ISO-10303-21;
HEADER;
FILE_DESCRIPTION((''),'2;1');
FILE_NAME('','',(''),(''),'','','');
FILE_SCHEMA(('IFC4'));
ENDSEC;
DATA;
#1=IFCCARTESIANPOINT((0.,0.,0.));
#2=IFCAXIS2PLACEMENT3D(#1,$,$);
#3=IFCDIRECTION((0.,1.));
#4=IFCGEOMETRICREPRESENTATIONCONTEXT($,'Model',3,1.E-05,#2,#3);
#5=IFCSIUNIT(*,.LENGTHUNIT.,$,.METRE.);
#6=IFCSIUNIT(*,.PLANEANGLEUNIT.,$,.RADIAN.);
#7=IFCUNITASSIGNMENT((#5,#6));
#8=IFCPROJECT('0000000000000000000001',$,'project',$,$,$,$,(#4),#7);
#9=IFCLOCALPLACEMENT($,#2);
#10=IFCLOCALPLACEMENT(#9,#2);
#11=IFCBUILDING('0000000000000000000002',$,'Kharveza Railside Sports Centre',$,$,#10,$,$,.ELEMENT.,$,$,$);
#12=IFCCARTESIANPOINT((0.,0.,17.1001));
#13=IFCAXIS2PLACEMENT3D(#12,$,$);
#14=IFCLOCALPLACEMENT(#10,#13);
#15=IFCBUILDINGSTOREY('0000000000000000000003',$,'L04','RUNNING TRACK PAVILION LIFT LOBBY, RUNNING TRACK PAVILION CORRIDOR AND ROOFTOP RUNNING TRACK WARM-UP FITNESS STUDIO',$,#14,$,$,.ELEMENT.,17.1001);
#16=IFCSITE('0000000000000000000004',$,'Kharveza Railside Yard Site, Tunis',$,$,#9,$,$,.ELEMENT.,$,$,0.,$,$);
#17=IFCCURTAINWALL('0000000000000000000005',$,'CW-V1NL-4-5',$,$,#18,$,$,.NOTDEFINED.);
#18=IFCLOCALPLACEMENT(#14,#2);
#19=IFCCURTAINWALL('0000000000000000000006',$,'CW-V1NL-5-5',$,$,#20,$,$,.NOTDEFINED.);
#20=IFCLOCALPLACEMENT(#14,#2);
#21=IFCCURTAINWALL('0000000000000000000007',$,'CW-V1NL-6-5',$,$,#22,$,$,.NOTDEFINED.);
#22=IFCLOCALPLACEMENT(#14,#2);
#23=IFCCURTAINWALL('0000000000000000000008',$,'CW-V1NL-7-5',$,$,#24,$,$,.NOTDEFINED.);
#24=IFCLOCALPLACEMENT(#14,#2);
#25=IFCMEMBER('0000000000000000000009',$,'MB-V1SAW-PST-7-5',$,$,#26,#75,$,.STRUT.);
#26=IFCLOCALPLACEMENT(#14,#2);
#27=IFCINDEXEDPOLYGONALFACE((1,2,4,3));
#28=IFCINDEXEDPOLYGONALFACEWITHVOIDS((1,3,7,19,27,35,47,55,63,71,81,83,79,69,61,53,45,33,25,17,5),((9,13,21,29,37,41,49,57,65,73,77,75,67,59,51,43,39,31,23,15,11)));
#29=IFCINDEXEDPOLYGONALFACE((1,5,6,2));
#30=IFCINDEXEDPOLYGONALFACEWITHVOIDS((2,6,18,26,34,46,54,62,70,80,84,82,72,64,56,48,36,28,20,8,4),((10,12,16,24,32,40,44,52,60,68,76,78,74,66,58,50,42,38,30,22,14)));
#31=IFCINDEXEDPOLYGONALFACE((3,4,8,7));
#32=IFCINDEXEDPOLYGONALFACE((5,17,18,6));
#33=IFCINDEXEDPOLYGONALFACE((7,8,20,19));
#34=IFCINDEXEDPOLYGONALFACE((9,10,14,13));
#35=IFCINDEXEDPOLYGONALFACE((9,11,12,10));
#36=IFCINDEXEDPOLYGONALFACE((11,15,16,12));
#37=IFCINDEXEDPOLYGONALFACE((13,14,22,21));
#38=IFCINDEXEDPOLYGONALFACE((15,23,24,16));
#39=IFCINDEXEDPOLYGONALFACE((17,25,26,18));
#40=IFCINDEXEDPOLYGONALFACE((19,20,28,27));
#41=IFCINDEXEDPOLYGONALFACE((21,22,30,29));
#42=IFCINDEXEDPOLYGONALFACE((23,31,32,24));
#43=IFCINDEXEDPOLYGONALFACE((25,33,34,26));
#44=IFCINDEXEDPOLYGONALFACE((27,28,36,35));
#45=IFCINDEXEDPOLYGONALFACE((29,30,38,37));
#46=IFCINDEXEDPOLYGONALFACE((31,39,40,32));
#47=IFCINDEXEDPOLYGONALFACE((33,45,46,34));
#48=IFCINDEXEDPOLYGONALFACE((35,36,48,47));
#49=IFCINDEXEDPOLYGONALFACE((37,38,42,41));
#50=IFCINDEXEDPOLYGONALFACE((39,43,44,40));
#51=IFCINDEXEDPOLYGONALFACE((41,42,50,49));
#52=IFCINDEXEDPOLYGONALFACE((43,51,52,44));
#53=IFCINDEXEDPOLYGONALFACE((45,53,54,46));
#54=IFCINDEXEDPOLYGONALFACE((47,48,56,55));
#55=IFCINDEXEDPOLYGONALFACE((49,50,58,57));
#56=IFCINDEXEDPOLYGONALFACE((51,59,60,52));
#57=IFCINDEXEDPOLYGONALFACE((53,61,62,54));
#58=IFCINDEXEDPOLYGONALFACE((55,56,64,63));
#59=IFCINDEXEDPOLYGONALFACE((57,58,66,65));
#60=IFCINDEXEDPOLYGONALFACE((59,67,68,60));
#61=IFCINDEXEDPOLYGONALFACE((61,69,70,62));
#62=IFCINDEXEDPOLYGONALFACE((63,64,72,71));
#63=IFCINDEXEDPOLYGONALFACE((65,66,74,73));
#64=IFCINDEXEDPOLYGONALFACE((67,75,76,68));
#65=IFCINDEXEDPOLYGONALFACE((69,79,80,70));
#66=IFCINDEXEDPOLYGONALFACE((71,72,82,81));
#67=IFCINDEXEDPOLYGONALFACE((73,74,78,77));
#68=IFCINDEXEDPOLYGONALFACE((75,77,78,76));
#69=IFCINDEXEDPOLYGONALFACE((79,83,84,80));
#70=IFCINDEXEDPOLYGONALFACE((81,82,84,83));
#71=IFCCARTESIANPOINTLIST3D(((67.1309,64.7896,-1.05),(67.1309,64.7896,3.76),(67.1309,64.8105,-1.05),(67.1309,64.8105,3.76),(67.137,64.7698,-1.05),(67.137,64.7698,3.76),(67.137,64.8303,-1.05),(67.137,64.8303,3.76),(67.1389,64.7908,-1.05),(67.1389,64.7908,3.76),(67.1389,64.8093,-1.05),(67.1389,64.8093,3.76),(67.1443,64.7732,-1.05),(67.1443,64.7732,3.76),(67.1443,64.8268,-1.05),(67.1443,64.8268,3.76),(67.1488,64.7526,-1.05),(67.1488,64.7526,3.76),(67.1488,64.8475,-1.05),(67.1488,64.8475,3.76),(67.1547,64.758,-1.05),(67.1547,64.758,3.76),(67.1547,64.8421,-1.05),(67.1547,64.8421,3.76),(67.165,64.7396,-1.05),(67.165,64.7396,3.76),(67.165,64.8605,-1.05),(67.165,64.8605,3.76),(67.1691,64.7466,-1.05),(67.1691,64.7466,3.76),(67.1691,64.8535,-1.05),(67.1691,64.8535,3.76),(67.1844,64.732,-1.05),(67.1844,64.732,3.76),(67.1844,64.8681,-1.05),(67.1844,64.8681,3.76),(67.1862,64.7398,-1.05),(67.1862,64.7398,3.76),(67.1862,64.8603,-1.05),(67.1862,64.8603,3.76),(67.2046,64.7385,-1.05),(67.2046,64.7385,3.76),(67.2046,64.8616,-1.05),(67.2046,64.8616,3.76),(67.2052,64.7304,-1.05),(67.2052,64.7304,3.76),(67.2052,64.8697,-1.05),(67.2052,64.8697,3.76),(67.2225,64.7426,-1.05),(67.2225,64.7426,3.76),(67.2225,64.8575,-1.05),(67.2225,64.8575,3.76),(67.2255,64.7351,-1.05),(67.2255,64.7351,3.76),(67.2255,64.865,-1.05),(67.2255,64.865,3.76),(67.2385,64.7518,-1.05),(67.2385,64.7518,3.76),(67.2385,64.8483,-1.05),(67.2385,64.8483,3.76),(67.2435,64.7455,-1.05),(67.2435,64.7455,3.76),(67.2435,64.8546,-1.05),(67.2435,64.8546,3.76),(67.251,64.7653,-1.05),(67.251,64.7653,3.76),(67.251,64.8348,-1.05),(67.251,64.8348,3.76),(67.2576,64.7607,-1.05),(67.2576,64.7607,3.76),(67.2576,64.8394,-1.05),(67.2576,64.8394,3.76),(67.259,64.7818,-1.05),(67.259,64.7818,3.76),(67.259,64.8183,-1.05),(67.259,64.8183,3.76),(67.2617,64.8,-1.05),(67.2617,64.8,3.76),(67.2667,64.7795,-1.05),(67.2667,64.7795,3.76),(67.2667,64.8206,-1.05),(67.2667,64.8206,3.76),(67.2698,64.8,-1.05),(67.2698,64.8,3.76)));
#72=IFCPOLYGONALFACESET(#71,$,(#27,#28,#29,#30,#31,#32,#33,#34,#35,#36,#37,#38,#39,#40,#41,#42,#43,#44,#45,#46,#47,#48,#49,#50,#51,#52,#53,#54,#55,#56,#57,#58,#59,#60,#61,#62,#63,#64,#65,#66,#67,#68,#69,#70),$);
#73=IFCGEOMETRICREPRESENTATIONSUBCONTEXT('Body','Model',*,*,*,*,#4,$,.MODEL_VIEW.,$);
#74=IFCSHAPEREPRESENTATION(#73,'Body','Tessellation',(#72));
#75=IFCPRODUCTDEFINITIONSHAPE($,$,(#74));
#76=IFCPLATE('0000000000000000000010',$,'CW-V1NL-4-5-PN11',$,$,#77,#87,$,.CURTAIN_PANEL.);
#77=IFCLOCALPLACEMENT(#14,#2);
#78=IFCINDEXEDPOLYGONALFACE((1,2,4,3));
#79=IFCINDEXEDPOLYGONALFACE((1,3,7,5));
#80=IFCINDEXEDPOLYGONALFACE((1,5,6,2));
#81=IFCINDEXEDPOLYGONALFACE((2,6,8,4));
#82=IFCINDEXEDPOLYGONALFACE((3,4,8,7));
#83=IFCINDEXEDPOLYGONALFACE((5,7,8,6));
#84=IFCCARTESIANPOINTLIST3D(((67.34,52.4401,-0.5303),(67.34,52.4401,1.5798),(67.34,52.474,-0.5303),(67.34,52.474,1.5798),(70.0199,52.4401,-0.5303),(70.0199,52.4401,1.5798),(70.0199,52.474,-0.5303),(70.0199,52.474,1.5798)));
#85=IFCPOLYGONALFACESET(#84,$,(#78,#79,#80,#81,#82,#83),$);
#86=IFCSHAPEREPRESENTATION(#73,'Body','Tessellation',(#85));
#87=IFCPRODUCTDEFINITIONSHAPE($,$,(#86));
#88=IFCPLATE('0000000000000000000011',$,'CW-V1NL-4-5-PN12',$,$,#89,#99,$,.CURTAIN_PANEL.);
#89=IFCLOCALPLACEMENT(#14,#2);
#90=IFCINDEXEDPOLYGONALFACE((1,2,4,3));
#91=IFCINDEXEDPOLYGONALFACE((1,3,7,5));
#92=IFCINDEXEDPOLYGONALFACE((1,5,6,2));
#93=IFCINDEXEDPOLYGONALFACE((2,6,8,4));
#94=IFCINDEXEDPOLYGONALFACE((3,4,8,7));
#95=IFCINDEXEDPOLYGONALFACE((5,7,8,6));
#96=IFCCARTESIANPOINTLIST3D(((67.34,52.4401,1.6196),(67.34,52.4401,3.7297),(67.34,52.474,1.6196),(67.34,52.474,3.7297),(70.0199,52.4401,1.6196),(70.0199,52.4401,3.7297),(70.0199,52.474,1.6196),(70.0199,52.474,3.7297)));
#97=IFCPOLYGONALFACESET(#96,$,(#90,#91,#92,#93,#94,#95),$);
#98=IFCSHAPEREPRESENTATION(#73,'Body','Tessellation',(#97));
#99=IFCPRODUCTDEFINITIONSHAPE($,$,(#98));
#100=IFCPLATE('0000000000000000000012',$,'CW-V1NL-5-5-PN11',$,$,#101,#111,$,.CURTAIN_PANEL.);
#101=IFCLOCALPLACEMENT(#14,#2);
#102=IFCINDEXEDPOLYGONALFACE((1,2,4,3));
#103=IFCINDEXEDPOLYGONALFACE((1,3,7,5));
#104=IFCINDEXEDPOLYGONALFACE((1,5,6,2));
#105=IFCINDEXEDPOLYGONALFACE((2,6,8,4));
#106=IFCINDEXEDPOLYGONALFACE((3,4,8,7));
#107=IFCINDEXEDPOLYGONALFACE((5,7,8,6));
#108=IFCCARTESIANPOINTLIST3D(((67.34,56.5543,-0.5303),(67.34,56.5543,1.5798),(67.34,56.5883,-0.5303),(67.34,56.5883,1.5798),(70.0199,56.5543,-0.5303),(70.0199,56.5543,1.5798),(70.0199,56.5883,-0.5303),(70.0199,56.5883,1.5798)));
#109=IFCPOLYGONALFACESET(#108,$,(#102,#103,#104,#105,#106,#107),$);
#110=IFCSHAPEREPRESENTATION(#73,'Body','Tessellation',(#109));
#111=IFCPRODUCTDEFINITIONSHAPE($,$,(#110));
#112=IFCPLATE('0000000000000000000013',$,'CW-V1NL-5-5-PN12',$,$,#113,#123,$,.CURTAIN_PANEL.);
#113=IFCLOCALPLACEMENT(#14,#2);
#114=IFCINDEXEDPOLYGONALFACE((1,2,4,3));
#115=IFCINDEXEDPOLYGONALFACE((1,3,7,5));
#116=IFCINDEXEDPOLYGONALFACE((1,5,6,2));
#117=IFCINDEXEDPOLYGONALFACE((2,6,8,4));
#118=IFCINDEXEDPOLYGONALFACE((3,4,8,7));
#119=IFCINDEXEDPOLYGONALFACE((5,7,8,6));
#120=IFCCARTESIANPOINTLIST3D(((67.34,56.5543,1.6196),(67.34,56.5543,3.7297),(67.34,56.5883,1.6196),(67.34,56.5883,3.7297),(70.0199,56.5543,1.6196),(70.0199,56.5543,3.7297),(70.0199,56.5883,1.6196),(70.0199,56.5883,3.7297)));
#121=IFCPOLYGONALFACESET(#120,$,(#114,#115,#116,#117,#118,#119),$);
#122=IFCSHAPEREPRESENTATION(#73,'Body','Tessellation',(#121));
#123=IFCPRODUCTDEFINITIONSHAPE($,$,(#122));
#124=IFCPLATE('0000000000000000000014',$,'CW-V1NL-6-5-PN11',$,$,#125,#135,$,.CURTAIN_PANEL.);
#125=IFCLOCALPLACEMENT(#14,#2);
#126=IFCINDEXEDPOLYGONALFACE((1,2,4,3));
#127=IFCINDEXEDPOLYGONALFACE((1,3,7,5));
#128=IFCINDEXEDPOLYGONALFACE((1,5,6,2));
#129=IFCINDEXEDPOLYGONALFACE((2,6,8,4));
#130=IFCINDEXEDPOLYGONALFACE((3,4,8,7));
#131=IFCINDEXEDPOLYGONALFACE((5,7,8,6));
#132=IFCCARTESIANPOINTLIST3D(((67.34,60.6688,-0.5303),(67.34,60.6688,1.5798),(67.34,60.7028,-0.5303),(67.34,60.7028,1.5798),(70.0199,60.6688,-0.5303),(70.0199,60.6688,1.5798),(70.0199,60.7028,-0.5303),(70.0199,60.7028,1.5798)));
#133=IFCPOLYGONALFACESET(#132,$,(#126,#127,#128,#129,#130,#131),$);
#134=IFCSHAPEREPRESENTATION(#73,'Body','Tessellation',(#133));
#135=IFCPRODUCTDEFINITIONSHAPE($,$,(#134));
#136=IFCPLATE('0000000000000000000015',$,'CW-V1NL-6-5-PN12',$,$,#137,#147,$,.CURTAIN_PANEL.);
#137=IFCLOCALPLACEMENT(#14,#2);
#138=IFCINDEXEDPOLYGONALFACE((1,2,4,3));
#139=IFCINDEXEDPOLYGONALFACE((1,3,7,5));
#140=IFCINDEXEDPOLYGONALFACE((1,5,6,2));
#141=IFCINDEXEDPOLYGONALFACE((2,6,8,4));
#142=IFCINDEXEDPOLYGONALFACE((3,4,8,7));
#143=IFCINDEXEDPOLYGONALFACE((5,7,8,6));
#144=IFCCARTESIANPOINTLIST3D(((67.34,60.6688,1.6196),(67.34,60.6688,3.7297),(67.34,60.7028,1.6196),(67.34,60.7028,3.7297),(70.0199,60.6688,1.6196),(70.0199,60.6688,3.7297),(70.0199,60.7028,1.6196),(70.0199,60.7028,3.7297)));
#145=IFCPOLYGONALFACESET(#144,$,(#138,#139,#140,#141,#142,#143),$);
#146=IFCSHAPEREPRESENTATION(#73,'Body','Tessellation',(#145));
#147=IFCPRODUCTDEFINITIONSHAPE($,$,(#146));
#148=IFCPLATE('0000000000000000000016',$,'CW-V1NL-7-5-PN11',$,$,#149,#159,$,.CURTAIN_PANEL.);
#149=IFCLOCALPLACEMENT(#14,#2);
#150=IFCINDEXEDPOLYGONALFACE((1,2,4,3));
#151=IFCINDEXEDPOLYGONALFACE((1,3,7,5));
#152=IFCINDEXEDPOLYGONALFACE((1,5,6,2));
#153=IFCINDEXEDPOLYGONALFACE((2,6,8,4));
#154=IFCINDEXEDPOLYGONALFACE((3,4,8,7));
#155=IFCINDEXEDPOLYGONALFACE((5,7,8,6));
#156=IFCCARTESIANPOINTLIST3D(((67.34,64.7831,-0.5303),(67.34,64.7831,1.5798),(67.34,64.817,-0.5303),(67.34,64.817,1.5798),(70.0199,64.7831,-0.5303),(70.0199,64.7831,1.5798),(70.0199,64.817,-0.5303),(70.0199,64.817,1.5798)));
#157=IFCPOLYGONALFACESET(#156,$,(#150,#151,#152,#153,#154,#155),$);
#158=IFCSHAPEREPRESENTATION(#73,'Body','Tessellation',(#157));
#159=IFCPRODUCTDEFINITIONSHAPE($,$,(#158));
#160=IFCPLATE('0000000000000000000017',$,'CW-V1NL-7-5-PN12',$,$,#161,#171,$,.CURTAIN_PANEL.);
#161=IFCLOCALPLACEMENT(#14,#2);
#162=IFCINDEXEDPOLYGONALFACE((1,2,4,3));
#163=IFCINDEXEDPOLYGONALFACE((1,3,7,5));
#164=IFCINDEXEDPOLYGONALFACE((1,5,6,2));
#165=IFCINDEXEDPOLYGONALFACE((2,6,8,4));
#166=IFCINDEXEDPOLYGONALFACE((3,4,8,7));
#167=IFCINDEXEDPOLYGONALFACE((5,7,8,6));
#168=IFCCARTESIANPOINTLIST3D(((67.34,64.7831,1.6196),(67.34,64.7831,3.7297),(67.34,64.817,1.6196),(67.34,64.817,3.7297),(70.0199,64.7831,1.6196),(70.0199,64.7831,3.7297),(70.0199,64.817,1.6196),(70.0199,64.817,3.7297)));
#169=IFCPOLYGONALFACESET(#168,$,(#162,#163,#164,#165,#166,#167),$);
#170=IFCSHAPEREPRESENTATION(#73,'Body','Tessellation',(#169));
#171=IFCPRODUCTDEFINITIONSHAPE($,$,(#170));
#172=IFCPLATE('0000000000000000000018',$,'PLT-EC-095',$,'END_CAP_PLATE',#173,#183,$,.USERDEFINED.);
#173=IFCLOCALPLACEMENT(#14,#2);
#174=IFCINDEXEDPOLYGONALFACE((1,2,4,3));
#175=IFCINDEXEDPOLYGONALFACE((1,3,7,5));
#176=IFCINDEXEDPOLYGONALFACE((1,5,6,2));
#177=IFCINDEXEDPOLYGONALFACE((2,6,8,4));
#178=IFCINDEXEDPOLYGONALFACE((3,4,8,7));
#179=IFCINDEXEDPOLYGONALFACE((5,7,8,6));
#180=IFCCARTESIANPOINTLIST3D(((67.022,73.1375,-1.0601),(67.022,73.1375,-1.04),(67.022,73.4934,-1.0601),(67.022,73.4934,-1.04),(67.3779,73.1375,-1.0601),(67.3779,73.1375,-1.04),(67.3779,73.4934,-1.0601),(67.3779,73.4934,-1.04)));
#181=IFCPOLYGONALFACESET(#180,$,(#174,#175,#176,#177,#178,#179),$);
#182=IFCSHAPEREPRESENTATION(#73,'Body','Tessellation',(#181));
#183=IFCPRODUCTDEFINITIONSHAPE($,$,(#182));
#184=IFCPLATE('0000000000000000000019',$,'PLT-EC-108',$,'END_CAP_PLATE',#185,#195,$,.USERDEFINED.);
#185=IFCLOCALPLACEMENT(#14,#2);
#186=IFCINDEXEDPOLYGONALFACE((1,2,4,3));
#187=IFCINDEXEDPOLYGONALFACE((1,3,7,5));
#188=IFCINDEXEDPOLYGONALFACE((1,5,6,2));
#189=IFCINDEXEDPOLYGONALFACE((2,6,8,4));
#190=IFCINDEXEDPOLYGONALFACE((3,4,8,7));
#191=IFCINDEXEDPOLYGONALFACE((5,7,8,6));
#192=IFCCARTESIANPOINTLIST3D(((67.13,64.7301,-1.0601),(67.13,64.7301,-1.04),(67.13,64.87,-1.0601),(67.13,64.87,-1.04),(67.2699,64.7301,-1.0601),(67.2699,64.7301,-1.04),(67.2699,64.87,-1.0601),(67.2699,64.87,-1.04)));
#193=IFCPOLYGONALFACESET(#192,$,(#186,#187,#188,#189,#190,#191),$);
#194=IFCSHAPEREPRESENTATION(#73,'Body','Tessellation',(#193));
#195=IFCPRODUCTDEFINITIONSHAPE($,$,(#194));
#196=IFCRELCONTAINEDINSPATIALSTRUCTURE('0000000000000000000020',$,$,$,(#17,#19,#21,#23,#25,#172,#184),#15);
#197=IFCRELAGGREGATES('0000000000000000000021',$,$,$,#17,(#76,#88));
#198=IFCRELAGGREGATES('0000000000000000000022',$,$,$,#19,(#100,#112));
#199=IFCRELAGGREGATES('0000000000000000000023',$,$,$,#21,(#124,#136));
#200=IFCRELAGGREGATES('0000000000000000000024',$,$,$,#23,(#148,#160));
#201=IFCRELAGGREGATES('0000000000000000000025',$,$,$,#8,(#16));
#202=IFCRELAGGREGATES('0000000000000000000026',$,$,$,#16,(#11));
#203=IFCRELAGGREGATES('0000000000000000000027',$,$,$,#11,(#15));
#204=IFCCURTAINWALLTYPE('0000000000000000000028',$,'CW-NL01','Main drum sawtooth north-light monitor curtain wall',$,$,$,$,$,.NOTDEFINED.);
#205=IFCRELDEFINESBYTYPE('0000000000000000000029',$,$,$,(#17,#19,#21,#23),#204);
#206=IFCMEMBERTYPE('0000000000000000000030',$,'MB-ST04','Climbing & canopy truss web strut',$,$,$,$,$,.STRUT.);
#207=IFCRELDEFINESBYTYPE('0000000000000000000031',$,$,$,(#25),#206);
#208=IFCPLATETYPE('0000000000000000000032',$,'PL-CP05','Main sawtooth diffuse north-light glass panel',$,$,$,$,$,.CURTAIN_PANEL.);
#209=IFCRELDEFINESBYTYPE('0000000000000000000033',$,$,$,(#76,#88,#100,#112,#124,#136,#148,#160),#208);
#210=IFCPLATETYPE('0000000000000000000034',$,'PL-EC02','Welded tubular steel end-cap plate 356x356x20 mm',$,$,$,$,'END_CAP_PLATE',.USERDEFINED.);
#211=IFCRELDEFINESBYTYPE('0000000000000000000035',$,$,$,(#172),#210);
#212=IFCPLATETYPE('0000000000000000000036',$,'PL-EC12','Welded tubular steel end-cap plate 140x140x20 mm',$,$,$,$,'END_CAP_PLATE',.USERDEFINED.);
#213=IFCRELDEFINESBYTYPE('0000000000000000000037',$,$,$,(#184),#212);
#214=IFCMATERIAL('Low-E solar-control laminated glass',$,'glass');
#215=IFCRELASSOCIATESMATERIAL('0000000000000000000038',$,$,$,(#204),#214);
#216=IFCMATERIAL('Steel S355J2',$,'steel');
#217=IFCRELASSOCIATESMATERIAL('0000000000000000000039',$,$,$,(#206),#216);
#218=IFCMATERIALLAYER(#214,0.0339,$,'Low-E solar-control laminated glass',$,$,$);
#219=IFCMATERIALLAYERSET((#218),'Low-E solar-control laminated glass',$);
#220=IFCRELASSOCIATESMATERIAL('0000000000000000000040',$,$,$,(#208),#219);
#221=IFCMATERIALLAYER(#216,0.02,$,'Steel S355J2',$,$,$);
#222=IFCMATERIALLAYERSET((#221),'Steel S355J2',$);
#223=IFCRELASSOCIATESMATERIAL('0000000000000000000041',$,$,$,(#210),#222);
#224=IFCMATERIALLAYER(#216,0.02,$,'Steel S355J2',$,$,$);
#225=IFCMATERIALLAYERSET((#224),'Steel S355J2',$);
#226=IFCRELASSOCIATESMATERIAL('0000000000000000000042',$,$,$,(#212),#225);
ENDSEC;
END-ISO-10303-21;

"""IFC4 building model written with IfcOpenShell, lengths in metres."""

from ifc_helpers import new_model, si_unit, direction, frame, origin, origin_2d, place, context, subcontext, project, spatial, rectangle, hollow_circle, extrude, material, layer, layer_set, material_profile, profile_set, type_object, element, aggregate, save


model = new_model("IFC4")

# Units and contexts
model_context = context("Model", 3, precision=1e-05, world=origin(), true_north=direction((0.0, 1.0)))
body_context = subcontext(model_context, "Body", "Model", "MODEL_VIEW")
ifc_project = project(units=[si_unit("LENGTHUNIT", "METRE"), si_unit("PLANEANGLEUNIT", "RADIAN")], contexts=[model_context])

# Site, building, storey
site_placement = place(None, origin())
site = spatial("IfcSite", under=ifc_project, at=site_placement, Name="Kharveza Railside Yard Site, Tunis", CompositionType="ELEMENT", RefElevation=0.0)
building_placement = place(site_placement, origin())
building = spatial("IfcBuilding", under=site, at=building_placement, Name="Kharveza Railside Sports Centre", CompositionType="ELEMENT")
storey_placement = place(building_placement, frame((0.0, 0.0, 17.1001)))
storey = spatial("IfcBuildingStorey", under=building, at=storey_placement, Name="L04", Description="RUNNING TRACK PAVILION LIFT LOBBY, RUNNING TRACK PAVILION CORRIDOR AND ROOFTOP RUNNING TRACK WARM-UP FITNESS STUDIO", CompositionType="ELEMENT", Elevation=17.1001)

# Curtain wall
ifc_material_1 = material(Name="Low-E solar-control laminated glass", Category="glass")
curtain_wall_type = type_object("IfcCurtainWallType", Name="CW-NL01", Description="Main drum sawtooth north-light monitor curtain wall", PredefinedType="NOTDEFINED", material=ifc_material_1)
curtain_wall_1_placement = place(storey_placement, origin())
curtain_wall_1 = element("IfcCurtainWall", 1, at=curtain_wall_1_placement, inside=storey, type_object=curtain_wall_type, Name="CW-V1NL-4-5", PredefinedType="NOTDEFINED")

# Curtain walls
curtain_wall_2_placement = place(storey_placement, origin())
curtain_wall_2 = element("IfcCurtainWall", 2, at=curtain_wall_2_placement, inside=storey, type_object=curtain_wall_type, Name="CW-V1NL-5-5", PredefinedType="NOTDEFINED")
curtain_wall_3_placement = place(storey_placement, origin())
curtain_wall_3 = element("IfcCurtainWall", 3, at=curtain_wall_3_placement, inside=storey, type_object=curtain_wall_type, Name="CW-V1NL-6-5", PredefinedType="NOTDEFINED")
curtain_wall_4_placement = place(storey_placement, origin())
curtain_wall_4 = element("IfcCurtainWall", 4, at=curtain_wall_4_placement, inside=storey, type_object=curtain_wall_type, Name="CW-V1NL-7-5", PredefinedType="NOTDEFINED")

# Member
ifc_material_2 = material(Name="Steel S355J2", Category="steel")
ifc_material_profile_1 = material_profile(ifc_material_2, hollow_circle(Radius=0.0698, WallThickness=0.0081, at=origin_2d()), Name="CHS 139.7x8.0")
ifc_profile_set_1 = profile_set([ifc_material_profile_1], Name="Steel S355J2")
member_type_1 = type_object("IfcMemberType", Name="MB-ST04", Description="Climbing & canopy truss web strut", PredefinedType="STRUT", material=ifc_profile_set_1)
for number, where, z_axis, x_axis, name in (
    (5, (67.2, 64.8, -1.05), (0.0, 0.0, 1.0), (1.0, 0.0, 0.0), "MB-V1SAW-PST-7-5"),
):
    element("IfcMember", number, at=place(storey_placement, frame(where, z_axis=z_axis, x_axis=x_axis)), inside=storey, type_object=member_type_1, Name=name, PredefinedType="STRUT", context=body_context, shape_type="SweptSolid", body=[
        extrude(hollow_circle(Radius=0.0698, WallThickness=0.0081, at=origin_2d()), origin(), (0.0, 0.0, 1.0), 4.8101),
    ])

# Plates
ifc_layer_1 = layer(ifc_material_1, 0.0339, Name="Low-E solar-control laminated glass")
ifc_layer_set_1 = layer_set([ifc_layer_1], Name="Low-E solar-control laminated glass")
plate_type_1 = type_object("IfcPlateType", Name="PL-CP05", Description="Main sawtooth diffuse north-light glass panel", PredefinedType="CURTAIN_PANEL", material=ifc_layer_set_1)
plate_1_placement = place(storey_placement, frame((68.6799, 52.457, -0.5303), z_axis=(0.0, 0.0, 1.0), x_axis=(1.0, 0.0, 0.0)))
plate_1 = element("IfcPlate", 6, at=plate_1_placement, type_object=plate_type_1, Name="CW-V1NL-4-5-PN11", PredefinedType="CURTAIN_PANEL", context=body_context, shape_type="SweptSolid", body=[
    extrude(rectangle(XDim=2.6799, YDim=0.0339, at=origin_2d()), origin(), (0.0, 0.0, 1.0), 2.1101),
])
plate_2_placement = place(storey_placement, frame((68.6799, 52.457, 1.6196), z_axis=(0.0, 0.0, 1.0), x_axis=(1.0, 0.0, 0.0)))
plate_2 = element("IfcPlate", 7, at=plate_2_placement, type_object=plate_type_1, Name="CW-V1NL-4-5-PN12", PredefinedType="CURTAIN_PANEL", context=body_context, shape_type="SweptSolid", body=[
    extrude(rectangle(XDim=2.6799, YDim=0.0339, at=origin_2d()), origin(), (0.0, 0.0, 1.0), 2.1101),
])
aggregate(curtain_wall_1, [plate_1, plate_2])
plate_3_placement = place(storey_placement, frame((68.6799, 56.5713, -0.5303), z_axis=(0.0, 0.0, 1.0), x_axis=(1.0, 0.0, 0.0)))
plate_3 = element("IfcPlate", 8, at=plate_3_placement, type_object=plate_type_1, Name="CW-V1NL-5-5-PN11", PredefinedType="CURTAIN_PANEL", context=body_context, shape_type="SweptSolid", body=[
    extrude(rectangle(XDim=2.6799, YDim=0.0339, at=origin_2d()), origin(), (0.0, 0.0, 1.0), 2.1101),
])
plate_4_placement = place(storey_placement, frame((68.6799, 56.5713, 1.6196), z_axis=(0.0, 0.0, 1.0), x_axis=(1.0, 0.0, 0.0)))
plate_4 = element("IfcPlate", 9, at=plate_4_placement, type_object=plate_type_1, Name="CW-V1NL-5-5-PN12", PredefinedType="CURTAIN_PANEL", context=body_context, shape_type="SweptSolid", body=[
    extrude(rectangle(XDim=2.6799, YDim=0.0339, at=origin_2d()), origin(), (0.0, 0.0, 1.0), 2.1101),
])
aggregate(curtain_wall_2, [plate_3, plate_4])
plate_5_placement = place(storey_placement, frame((68.6799, 60.6858, -0.5303), z_axis=(0.0, 0.0, 1.0), x_axis=(1.0, 0.0, 0.0)))
plate_5 = element("IfcPlate", 10, at=plate_5_placement, type_object=plate_type_1, Name="CW-V1NL-6-5-PN11", PredefinedType="CURTAIN_PANEL", context=body_context, shape_type="SweptSolid", body=[
    extrude(rectangle(XDim=2.6799, YDim=0.0339, at=origin_2d()), origin(), (0.0, 0.0, 1.0), 2.1101),
])
plate_6_placement = place(storey_placement, frame((68.6799, 60.6858, 1.6196), z_axis=(0.0, 0.0, 1.0), x_axis=(1.0, 0.0, 0.0)))
plate_6 = element("IfcPlate", 11, at=plate_6_placement, type_object=plate_type_1, Name="CW-V1NL-6-5-PN12", PredefinedType="CURTAIN_PANEL", context=body_context, shape_type="SweptSolid", body=[
    extrude(rectangle(XDim=2.6799, YDim=0.0339, at=origin_2d()), origin(), (0.0, 0.0, 1.0), 2.1101),
])
aggregate(curtain_wall_3, [plate_5, plate_6])
plate_7_placement = place(storey_placement, frame((68.6799, 64.8, -0.5303), z_axis=(0.0, 0.0, 1.0), x_axis=(1.0, 0.0, 0.0)))
plate_7 = element("IfcPlate", 12, at=plate_7_placement, type_object=plate_type_1, Name="CW-V1NL-7-5-PN11", PredefinedType="CURTAIN_PANEL", context=body_context, shape_type="SweptSolid", body=[
    extrude(rectangle(XDim=2.6799, YDim=0.0339, at=origin_2d()), origin(), (0.0, 0.0, 1.0), 2.1101),
])
plate_8_placement = place(storey_placement, frame((68.6799, 64.8, 1.6196), z_axis=(0.0, 0.0, 1.0), x_axis=(1.0, 0.0, 0.0)))
plate_8 = element("IfcPlate", 13, at=plate_8_placement, type_object=plate_type_1, Name="CW-V1NL-7-5-PN12", PredefinedType="CURTAIN_PANEL", context=body_context, shape_type="SweptSolid", body=[
    extrude(rectangle(XDim=2.6799, YDim=0.0339, at=origin_2d()), origin(), (0.0, 0.0, 1.0), 2.1101),
])
aggregate(curtain_wall_4, [plate_7, plate_8])

# Plates
ifc_layer_2 = layer(ifc_material_2, 0.02, Name="Steel S355J2")
ifc_layer_set_2 = layer_set([ifc_layer_2], Name="Steel S355J2")
plate_type_2 = type_object("IfcPlateType", Name="PL-EC02", Description="Welded tubular steel end-cap plate 356x356x20 mm", ElementType="END_CAP_PLATE", PredefinedType="USERDEFINED", material=ifc_layer_set_2)
plate_9_placement = place(storey_placement, frame((67.2, 73.3154, -1.0601), z_axis=(0.0, 0.0, 1.0), x_axis=(1.0, 0.0, 0.0)))
element("IfcPlate", 14, at=plate_9_placement, inside=storey, type_object=plate_type_2, Name="PLT-EC-095", ObjectType="END_CAP_PLATE", PredefinedType="USERDEFINED", context=body_context, shape_type="SweptSolid", body=[
    extrude(rectangle(XDim=0.356, YDim=0.356, at=origin_2d()), origin(), (0.0, 0.0, 1.0), 0.02),
])
ifc_layer_3 = layer(ifc_material_2, 0.02, Name="Steel S355J2")
ifc_layer_set_3 = layer_set([ifc_layer_3], Name="Steel S355J2")
plate_type_3 = type_object("IfcPlateType", Name="PL-EC12", Description="Welded tubular steel end-cap plate 140x140x20 mm", ElementType="END_CAP_PLATE", PredefinedType="USERDEFINED", material=ifc_layer_set_3)
plate_10_placement = place(storey_placement, frame((67.2, 64.8, -1.0601), z_axis=(0.0, 0.0, 1.0), x_axis=(1.0, 0.0, 0.0)))
element("IfcPlate", 15, at=plate_10_placement, inside=storey, type_object=plate_type_3, Name="PLT-EC-108", ObjectType="END_CAP_PLATE", PredefinedType="USERDEFINED", context=body_context, shape_type="SweptSolid", body=[
    extrude(rectangle(XDim=0.1399, YDim=0.1399, at=origin_2d()), origin(), (0.0, 0.0, 1.0), 0.02),
])

save(model, "model.ifc")
